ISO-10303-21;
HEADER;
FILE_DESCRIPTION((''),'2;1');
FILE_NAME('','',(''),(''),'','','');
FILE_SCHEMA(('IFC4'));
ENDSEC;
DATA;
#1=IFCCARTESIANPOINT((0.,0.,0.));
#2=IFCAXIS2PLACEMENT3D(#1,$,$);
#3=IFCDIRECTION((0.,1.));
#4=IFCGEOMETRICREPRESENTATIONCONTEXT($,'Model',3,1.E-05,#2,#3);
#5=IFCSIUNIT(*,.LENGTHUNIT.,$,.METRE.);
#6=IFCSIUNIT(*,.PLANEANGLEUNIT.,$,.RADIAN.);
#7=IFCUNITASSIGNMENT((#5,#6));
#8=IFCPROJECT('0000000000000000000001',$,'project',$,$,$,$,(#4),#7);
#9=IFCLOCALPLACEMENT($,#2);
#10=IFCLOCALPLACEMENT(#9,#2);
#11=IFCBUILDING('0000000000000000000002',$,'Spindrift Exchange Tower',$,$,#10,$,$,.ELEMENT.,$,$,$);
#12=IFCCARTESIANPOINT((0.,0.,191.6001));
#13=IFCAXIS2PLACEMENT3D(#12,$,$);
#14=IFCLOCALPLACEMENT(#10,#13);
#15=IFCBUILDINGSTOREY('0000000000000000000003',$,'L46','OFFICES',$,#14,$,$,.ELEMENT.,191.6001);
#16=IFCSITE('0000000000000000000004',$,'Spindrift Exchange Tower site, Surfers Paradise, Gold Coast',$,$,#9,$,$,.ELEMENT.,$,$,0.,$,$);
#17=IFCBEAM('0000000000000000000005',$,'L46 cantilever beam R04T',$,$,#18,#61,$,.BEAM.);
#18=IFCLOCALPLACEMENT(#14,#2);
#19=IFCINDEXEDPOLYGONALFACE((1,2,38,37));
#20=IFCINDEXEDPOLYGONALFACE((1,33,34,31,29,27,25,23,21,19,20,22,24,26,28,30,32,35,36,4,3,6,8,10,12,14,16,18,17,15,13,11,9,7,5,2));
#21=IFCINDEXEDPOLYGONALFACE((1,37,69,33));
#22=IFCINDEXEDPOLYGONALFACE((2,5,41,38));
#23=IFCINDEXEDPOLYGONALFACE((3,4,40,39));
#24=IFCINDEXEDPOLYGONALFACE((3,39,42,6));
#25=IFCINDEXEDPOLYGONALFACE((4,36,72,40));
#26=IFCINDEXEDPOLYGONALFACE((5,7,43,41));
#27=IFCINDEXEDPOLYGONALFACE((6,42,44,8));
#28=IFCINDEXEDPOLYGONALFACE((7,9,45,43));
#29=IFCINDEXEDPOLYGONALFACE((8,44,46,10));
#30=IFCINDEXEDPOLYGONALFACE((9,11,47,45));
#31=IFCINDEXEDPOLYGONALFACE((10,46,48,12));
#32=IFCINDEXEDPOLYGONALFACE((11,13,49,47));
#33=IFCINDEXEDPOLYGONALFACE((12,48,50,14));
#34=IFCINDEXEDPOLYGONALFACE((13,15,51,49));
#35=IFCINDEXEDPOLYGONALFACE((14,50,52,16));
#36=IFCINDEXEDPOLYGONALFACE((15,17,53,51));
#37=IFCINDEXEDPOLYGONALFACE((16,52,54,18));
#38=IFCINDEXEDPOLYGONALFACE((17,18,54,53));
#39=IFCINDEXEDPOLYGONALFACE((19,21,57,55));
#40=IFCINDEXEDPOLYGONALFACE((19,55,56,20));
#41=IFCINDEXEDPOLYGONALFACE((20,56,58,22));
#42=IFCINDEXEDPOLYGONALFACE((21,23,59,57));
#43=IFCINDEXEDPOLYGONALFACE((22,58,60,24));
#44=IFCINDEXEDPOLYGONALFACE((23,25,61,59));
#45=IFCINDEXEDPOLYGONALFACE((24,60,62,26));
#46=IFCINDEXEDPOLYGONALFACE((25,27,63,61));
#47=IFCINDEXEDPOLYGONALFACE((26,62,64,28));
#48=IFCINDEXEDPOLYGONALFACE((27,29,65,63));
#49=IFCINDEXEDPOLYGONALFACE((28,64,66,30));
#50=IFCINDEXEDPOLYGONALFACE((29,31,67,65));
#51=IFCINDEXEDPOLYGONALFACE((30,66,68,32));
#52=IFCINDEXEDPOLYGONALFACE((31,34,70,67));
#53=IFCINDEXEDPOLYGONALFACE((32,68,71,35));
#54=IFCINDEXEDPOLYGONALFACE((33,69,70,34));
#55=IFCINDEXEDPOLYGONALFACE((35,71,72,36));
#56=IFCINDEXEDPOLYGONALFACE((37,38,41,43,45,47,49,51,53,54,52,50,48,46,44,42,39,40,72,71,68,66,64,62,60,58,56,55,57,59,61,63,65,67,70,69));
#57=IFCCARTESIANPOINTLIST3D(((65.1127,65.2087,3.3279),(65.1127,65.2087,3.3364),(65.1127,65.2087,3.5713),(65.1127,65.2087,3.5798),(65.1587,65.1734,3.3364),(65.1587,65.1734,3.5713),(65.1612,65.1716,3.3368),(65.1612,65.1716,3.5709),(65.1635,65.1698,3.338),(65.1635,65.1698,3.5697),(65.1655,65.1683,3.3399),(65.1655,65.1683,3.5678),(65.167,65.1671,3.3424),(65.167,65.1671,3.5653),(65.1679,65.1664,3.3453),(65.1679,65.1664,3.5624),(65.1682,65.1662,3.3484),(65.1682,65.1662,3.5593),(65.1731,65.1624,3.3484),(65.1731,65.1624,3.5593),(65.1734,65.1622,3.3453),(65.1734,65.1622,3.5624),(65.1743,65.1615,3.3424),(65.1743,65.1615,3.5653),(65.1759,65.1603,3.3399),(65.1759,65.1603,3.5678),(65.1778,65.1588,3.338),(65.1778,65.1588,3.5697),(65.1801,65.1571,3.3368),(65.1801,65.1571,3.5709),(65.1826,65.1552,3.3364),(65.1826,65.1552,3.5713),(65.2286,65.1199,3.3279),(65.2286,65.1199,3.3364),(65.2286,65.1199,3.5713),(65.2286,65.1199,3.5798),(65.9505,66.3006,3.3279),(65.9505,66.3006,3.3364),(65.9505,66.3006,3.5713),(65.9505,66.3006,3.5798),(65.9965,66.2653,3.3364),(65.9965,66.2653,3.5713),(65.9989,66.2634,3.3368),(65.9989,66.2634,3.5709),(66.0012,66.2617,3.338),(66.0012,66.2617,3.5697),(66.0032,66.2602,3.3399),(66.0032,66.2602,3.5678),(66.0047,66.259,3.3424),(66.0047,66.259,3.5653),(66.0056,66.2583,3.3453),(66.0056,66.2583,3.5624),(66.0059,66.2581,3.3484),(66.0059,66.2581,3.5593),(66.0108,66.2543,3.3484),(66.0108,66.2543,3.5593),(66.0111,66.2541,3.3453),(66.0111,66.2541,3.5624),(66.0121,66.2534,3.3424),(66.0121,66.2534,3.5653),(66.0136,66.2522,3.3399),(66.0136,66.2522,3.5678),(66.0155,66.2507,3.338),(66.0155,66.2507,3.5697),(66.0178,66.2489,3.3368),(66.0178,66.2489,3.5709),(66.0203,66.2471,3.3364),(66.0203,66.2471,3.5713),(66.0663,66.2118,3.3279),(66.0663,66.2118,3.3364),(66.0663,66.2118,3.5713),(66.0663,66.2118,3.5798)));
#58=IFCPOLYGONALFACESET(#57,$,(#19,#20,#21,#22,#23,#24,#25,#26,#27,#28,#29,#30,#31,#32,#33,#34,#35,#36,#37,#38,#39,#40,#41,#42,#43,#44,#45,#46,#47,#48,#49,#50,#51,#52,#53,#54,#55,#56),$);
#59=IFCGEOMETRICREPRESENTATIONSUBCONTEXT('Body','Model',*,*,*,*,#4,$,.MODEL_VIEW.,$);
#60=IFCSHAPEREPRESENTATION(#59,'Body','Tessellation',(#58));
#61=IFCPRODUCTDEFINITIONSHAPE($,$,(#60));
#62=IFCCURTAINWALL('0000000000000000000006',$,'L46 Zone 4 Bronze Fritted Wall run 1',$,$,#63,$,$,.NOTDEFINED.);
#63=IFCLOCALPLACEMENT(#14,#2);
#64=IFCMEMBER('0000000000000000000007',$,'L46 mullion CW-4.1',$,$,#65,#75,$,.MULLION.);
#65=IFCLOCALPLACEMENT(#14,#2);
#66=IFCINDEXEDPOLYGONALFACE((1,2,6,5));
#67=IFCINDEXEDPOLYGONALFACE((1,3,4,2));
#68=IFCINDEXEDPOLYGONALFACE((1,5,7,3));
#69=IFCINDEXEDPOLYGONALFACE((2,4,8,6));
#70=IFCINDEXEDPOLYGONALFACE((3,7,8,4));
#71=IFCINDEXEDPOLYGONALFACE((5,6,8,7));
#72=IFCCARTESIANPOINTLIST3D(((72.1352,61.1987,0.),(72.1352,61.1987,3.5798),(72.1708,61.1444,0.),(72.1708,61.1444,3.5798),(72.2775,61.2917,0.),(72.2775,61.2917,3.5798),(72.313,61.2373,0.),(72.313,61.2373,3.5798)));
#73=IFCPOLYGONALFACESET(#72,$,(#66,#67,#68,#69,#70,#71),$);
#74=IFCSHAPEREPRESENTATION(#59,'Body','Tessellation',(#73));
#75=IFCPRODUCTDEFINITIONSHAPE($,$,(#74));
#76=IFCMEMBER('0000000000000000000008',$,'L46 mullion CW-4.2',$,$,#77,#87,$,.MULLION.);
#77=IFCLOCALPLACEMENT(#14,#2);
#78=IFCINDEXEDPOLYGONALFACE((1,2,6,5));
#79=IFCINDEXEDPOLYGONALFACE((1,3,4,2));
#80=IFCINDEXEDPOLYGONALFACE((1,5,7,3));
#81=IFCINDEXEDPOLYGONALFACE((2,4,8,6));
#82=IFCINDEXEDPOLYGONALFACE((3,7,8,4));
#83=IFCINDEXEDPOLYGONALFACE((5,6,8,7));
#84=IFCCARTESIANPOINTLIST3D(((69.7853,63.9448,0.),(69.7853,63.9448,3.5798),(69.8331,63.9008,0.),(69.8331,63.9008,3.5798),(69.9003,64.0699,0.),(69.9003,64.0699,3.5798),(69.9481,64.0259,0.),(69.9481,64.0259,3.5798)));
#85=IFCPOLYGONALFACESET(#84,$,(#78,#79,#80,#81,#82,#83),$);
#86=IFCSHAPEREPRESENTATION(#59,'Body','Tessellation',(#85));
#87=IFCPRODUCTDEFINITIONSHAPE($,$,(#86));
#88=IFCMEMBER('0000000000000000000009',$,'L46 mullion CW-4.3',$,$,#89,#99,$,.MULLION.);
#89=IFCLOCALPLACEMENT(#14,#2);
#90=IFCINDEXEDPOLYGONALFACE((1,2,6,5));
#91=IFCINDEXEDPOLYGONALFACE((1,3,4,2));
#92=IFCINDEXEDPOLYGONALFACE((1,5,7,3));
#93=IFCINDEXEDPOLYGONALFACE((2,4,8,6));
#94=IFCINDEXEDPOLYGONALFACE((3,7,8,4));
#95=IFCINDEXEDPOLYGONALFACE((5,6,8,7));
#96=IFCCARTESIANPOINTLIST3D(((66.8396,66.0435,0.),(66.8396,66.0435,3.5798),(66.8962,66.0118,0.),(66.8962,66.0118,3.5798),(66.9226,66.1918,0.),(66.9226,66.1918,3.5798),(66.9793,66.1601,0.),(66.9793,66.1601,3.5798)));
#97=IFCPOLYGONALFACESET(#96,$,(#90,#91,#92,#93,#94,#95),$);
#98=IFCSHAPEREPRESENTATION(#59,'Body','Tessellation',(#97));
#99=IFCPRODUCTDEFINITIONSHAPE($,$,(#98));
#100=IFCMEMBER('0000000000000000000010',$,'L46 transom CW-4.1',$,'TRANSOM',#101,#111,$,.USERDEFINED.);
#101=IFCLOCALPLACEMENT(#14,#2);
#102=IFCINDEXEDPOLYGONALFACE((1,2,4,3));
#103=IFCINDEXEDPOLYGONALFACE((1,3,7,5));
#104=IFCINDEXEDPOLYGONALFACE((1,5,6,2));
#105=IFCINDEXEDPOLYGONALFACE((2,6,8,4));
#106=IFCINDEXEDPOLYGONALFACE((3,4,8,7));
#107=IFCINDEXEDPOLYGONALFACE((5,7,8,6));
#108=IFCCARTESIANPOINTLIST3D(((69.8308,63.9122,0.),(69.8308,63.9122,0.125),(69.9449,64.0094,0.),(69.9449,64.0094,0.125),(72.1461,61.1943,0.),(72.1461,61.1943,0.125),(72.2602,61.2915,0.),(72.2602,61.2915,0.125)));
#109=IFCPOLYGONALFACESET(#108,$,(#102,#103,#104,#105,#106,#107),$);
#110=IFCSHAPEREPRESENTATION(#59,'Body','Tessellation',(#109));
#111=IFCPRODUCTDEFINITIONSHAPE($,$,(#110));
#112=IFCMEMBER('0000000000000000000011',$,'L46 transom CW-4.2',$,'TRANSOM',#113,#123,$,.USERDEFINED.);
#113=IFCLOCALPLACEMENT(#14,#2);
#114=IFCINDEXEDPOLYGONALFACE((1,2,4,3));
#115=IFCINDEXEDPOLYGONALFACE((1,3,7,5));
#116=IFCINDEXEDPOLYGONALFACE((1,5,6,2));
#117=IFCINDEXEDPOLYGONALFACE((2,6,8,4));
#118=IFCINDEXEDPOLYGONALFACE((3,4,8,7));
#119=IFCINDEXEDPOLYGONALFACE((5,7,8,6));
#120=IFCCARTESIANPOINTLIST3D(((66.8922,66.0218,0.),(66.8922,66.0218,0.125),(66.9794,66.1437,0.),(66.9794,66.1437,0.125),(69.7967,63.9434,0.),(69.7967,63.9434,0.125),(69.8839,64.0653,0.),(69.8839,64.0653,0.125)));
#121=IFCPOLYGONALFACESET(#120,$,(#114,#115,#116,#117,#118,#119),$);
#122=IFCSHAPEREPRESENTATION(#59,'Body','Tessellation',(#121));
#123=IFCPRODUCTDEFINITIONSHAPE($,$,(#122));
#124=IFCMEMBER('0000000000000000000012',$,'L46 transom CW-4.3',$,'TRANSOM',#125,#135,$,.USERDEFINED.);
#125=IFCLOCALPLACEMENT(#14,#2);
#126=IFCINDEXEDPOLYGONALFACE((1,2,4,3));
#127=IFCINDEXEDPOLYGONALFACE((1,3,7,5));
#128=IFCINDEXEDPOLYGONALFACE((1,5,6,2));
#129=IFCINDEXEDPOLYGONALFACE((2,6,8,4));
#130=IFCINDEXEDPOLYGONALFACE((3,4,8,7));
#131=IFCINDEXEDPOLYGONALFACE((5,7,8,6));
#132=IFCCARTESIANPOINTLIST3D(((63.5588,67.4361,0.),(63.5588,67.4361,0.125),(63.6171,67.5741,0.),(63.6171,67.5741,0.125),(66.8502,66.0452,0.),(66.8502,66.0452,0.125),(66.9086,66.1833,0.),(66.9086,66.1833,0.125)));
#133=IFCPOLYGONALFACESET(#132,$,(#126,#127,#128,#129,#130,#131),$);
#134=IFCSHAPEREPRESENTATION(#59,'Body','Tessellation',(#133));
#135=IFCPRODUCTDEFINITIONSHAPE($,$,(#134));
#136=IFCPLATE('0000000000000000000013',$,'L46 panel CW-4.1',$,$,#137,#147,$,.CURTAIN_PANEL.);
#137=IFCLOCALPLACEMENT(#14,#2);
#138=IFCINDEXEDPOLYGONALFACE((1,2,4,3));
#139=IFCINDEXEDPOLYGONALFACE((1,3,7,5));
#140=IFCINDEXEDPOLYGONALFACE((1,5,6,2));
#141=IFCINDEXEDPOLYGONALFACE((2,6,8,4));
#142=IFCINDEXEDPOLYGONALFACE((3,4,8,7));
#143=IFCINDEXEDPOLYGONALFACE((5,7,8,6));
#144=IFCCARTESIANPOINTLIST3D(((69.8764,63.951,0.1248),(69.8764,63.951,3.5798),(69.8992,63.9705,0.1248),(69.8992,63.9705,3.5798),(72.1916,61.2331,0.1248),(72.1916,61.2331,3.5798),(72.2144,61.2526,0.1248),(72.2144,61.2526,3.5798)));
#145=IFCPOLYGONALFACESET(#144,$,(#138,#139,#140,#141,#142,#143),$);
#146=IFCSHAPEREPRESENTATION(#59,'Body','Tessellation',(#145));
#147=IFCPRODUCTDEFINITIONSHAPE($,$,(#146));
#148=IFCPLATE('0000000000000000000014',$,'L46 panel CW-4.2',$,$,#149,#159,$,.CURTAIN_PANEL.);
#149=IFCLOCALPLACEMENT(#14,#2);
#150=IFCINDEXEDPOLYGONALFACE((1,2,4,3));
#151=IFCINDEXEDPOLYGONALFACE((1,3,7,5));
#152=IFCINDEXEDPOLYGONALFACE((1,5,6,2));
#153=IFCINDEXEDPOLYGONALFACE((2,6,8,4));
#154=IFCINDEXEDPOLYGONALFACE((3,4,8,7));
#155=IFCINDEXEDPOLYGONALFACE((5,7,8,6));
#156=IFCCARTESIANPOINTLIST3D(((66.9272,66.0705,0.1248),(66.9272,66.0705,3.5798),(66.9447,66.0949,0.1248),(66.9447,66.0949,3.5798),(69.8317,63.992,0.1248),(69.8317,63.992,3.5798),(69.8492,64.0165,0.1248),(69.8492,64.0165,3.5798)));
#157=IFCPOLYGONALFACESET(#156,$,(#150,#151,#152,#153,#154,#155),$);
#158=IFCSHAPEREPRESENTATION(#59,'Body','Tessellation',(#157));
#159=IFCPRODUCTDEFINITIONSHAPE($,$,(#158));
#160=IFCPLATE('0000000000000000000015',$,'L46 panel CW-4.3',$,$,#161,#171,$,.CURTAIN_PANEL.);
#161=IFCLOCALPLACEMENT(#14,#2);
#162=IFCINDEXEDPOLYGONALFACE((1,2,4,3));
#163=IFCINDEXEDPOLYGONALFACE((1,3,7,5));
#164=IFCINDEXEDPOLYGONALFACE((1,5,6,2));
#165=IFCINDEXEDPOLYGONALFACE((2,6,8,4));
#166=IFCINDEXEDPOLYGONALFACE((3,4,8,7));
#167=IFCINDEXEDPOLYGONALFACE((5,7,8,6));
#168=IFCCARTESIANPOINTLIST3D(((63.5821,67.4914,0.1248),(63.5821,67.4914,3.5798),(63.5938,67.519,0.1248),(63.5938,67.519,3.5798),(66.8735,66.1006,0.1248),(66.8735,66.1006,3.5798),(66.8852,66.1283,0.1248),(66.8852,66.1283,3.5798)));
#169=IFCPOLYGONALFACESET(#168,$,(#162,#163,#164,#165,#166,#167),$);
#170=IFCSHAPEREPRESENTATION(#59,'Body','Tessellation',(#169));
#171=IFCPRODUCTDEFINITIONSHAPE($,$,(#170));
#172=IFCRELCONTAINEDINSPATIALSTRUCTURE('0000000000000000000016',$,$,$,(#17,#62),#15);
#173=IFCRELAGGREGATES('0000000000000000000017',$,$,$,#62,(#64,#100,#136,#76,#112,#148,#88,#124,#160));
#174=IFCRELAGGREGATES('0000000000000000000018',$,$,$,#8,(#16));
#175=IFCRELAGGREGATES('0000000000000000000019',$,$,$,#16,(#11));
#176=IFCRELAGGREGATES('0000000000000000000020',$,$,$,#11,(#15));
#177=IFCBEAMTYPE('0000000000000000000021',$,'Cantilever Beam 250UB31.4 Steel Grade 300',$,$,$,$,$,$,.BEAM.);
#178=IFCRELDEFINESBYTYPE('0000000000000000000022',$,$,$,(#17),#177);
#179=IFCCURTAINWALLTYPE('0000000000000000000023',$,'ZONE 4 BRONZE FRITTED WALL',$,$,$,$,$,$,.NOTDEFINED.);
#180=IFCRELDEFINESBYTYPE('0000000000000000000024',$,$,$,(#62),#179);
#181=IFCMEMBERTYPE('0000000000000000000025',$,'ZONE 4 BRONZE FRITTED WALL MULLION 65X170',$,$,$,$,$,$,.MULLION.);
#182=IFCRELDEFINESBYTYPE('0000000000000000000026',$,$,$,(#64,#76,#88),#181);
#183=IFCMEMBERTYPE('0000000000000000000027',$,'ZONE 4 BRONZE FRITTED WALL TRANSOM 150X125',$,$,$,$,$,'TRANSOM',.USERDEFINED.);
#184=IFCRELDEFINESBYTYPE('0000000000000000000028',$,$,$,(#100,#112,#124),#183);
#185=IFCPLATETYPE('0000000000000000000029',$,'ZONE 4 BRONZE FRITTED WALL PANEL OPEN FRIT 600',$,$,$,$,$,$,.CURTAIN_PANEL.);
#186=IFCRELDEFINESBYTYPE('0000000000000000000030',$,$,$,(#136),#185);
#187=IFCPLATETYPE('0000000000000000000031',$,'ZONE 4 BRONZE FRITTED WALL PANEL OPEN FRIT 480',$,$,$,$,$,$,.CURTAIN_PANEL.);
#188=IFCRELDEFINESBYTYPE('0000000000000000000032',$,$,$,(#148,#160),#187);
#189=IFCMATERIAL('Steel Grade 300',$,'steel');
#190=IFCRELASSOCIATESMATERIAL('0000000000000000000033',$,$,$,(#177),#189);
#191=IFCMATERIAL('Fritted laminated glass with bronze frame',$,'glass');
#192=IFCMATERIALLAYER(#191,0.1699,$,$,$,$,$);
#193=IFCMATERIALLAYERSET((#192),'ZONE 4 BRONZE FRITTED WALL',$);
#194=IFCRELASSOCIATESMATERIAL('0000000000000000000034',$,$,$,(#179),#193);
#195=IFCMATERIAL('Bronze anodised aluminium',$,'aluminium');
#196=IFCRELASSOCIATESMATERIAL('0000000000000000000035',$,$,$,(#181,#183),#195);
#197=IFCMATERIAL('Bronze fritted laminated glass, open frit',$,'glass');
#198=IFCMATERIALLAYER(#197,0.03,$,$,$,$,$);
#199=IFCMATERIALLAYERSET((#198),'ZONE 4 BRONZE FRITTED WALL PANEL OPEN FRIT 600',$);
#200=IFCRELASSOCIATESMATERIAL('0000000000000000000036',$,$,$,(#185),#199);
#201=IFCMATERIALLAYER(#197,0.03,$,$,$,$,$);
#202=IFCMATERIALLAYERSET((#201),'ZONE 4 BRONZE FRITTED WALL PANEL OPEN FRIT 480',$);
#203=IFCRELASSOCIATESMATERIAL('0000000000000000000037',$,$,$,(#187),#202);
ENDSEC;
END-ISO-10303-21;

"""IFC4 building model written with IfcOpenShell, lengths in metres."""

from ifc_helpers import new_model, si_unit, direction, frame, origin, origin_2d, place, context, subcontext, project, spatial, rectangle, i_section, extrude, source, transform, mapped, material, layer, layer_set, material_profile, profile_set, type_object, element, aggregate, save


model = new_model("IFC4")

# Units and contexts
model_context = context("Model", 3, precision=1e-05, world=origin(), true_north=direction((0.0, 1.0)))
body_context = subcontext(model_context, "Body", "Model", "MODEL_VIEW")
ifc_project = project(units=[si_unit("LENGTHUNIT", "METRE"), si_unit("PLANEANGLEUNIT", "RADIAN")], contexts=[model_context])

# Site, building, storey
site_placement = place(None, origin())
site = spatial("IfcSite", under=ifc_project, at=site_placement, Name="Spindrift Exchange Tower site, Surfers Paradise, Gold Coast", CompositionType="ELEMENT", RefElevation=0.0)
building_placement = place(site_placement, origin())
building = spatial("IfcBuilding", under=site, at=building_placement, Name="Spindrift Exchange Tower", CompositionType="ELEMENT")
storey_placement = place(building_placement, frame((0.0, 0.0, 191.6001)))
storey = spatial("IfcBuildingStorey", under=building, at=storey_placement, Name="L46", Description="OFFICES", CompositionType="ELEMENT", Elevation=191.6001)

# Beam
ifc_material_1 = material(Name="Steel Grade 300", Category="steel")
ifc_material_profile_1 = material_profile(ifc_material_1, i_section(OverallWidth=0.146, OverallDepth=0.252, WebThickness=0.0061, FlangeThickness=0.0085, FilletRadius=0.012, at=origin_2d()), Name="250UB31.4")
ifc_profile_set_1 = profile_set([ifc_material_profile_1], Name="Steel Grade 300")
beam_type_1 = type_object("IfcBeamType", Name="Cantilever Beam 250UB31.4 Steel Grade 300", PredefinedType="BEAM", material=ifc_profile_set_1)
shared_shape_1 = source(origin(), body_context, "Body", "SweptSolid", [
    extrude(i_section(OverallWidth=0.146, OverallDepth=0.252, WebThickness=0.0061, FlangeThickness=0.0085, FilletRadius=0.012, at=origin_2d()), origin(), (0.0, 0.0, 1.0), 1.3762),
])
beam_1_placement = place(storey_placement, frame((65.1707, 65.1643, 3.4539), z_axis=(0.608707, 0.793395, 0.0), x_axis=(-0.793395, 0.608707, 0.0)))
element("IfcBeam", 1, at=beam_1_placement, inside=storey, type_object=beam_type_1, Name="L46 cantilever beam R04T", PredefinedType="BEAM", context=body_context, shape_type="MappedRepresentation", body=[
    mapped(shared_shape_1, transform((0.0, 0.0, 0.0), scale=1.0)),
])

# Curtain wall, members, plates
ifc_material_2 = material(Name="Fritted laminated glass with bronze frame", Category="glass")
ifc_layer_1 = layer(ifc_material_2, 0.1699)
ifc_layer_set_1 = layer_set([ifc_layer_1], Name="ZONE 4 BRONZE FRITTED WALL")
curtain_wall_type = type_object("IfcCurtainWallType", Name="ZONE 4 BRONZE FRITTED WALL", PredefinedType="NOTDEFINED", material=ifc_layer_set_1)
curtain_wall_1_placement = place(storey_placement, origin())
curtain_wall_1 = element("IfcCurtainWall", 2, at=curtain_wall_1_placement, inside=storey, type_object=curtain_wall_type, Name="L46 Zone 4 Bronze Fritted Wall run 1", PredefinedType="NOTDEFINED")
ifc_material_3 = material(Name="Bronze anodised aluminium", Category="aluminium")
ifc_material_profile_2 = material_profile(ifc_material_3, rectangle(XDim=0.0649, YDim=0.1699, at=origin_2d()), Name="ZONE 4 BRONZE FRITTED WALL MULLION 65X170")
ifc_profile_set_2 = profile_set([ifc_material_profile_2], Name="Bronze anodised aluminium")
member_type_1 = type_object("IfcMemberType", Name="ZONE 4 BRONZE FRITTED WALL MULLION 65X170", PredefinedType="MULLION", material=ifc_profile_set_2)
shared_shape_2 = source(origin(), body_context, "Body", "SweptSolid", [
    extrude(rectangle(XDim=0.0649, YDim=0.1699, at=origin_2d()), origin(), (0.0, 0.0, 1.0), 3.5798),
])
member_1_placement = place(storey_placement, frame((72.2241, 61.218, 0.0), z_axis=(0.0, 0.0, 1.0), x_axis=(-0.547101, 0.837067, 0.0)))
member_1 = element("IfcMember", 3, at=member_1_placement, type_object=member_type_1, Name="L46 mullion CW-4.1", PredefinedType="MULLION", context=body_context, shape_type="MappedRepresentation", body=[
    mapped(shared_shape_2, transform((0.0, 0.0, 0.0), scale=1.0)),
])
member_2_placement = place(storey_placement, frame((69.8667, 63.9854, 0.0), z_axis=(0.0, 0.0, 1.0), x_axis=(-0.736324, 0.676629, 0.0)))
member_2 = element("IfcMember", 4, at=member_2_placement, type_object=member_type_1, Name="L46 mullion CW-4.2", PredefinedType="MULLION", context=body_context, shape_type="MappedRepresentation", body=[
    mapped(shared_shape_2, transform((0.0, 0.0, 0.0), scale=1.0)),
])
member_3_placement = place(storey_placement, frame((66.9094, 66.1018, 0.0), z_axis=(0.0, 0.0, 1.0), x_axis=(-0.872525, 0.48857, 0.0)))
member_3 = element("IfcMember", 5, at=member_3_placement, type_object=member_type_1, Name="L46 mullion CW-4.3", PredefinedType="MULLION", context=body_context, shape_type="MappedRepresentation", body=[
    mapped(shared_shape_2, transform((0.0, 0.0, 0.0), scale=1.0)),
])
ifc_material_profile_3 = material_profile(ifc_material_3, rectangle(XDim=0.1499, YDim=0.125, at=origin_2d()), Name="ZONE 4 BRONZE FRITTED WALL TRANSOM 150X125")
ifc_profile_set_3 = profile_set([ifc_material_profile_3], Name="Bronze anodised aluminium")
member_type_2 = type_object("IfcMemberType", Name="ZONE 4 BRONZE FRITTED WALL TRANSOM 150X125", ElementType="TRANSOM", PredefinedType="USERDEFINED", material=ifc_profile_set_3)
shared_shape_3 = source(origin(), body_context, "Body", "SweptSolid", [
    extrude(rectangle(XDim=0.1499, YDim=0.125, at=origin_2d()), origin(), (0.0, 0.0, 1.0), 3.5703),
])
member_4_placement = place(storey_placement, frame((72.2031, 61.2429, 0.0625), z_axis=(-0.648474, 0.761237, 0.0), x_axis=(-0.761237, -0.648474, 0.0)))
member_4 = element("IfcMember", 6, at=member_4_placement, type_object=member_type_2, Name="L46 transom CW-4.1", ObjectType="TRANSOM", PredefinedType="USERDEFINED", context=body_context, shape_type="MappedRepresentation", body=[
    mapped(shared_shape_3, transform((0.0, 0.0, 0.0), scale=1.0)),
])
shared_shape_4 = source(origin(), body_context, "Body", "SweptSolid", [
    extrude(rectangle(XDim=0.1499, YDim=0.125, at=origin_2d()), origin(), (0.0, 0.0, 1.0), 3.5715),
])
member_5_placement = place(storey_placement, frame((69.8403, 64.0044, 0.0625), z_axis=(-0.813244, 0.581923, 0.0), x_axis=(-0.581923, -0.813244, 0.0)))
member_5 = element("IfcMember", 7, at=member_5_placement, type_object=member_type_2, Name="L46 transom CW-4.2", ObjectType="TRANSOM", PredefinedType="USERDEFINED", context=body_context, shape_type="MappedRepresentation", body=[
    mapped(shared_shape_4, transform((0.0, 0.0, 0.0), scale=1.0)),
])
shared_shape_5 = source(origin(), body_context, "Body", "SweptSolid", [
    extrude(rectangle(XDim=0.1499, YDim=0.125, at=origin_2d()), origin(), (0.0, 0.0, 1.0), 3.5732),
])
member_6_placement = place(storey_placement, frame((66.8794, 66.1143, 0.0625), z_axis=(-0.921137, 0.389239, 0.0), x_axis=(-0.389239, -0.921137, 0.0)))
member_6 = element("IfcMember", 8, at=member_6_placement, type_object=member_type_2, Name="L46 transom CW-4.3", ObjectType="TRANSOM", PredefinedType="USERDEFINED", context=body_context, shape_type="MappedRepresentation", body=[
    mapped(shared_shape_5, transform((0.0, 0.0, 0.0), scale=1.0)),
])
ifc_material_4 = material(Name="Bronze fritted laminated glass, open frit", Category="glass")
ifc_layer_2 = layer(ifc_material_4, 0.03)
ifc_layer_set_2 = layer_set([ifc_layer_2], Name="ZONE 4 BRONZE FRITTED WALL PANEL OPEN FRIT 600")
plate_type_1 = type_object("IfcPlateType", Name="ZONE 4 BRONZE FRITTED WALL PANEL OPEN FRIT 600", PredefinedType="CURTAIN_PANEL", material=ifc_layer_set_2)
shared_shape_6 = source(origin(), body_context, "Body", "SweptSolid", [
    extrude(rectangle(XDim=3.5703, YDim=0.03, at=origin_2d()), origin(), (0.0, 0.0, 1.0), 3.4551),
])
plate_1_placement = place(storey_placement, frame((71.0454, 62.6018, 0.1248), z_axis=(0.0, 0.0, 1.0), x_axis=(-0.648461, 0.761248, 0.0)))
plate_1 = element("IfcPlate", 9, at=plate_1_placement, type_object=plate_type_1, Name="L46 panel CW-4.1", PredefinedType="CURTAIN_PANEL", context=body_context, shape_type="MappedRepresentation", body=[
    mapped(shared_shape_6, transform((0.0, 0.0, 0.0), scale=1.0)),
])
ifc_layer_3 = layer(ifc_material_4, 0.03)
ifc_layer_set_3 = layer_set([ifc_layer_3], Name="ZONE 4 BRONZE FRITTED WALL PANEL OPEN FRIT 480")
plate_type_2 = type_object("IfcPlateType", Name="ZONE 4 BRONZE FRITTED WALL PANEL OPEN FRIT 480", PredefinedType="CURTAIN_PANEL", material=ifc_layer_set_3)
shared_shape_7 = source(origin(), body_context, "Body", "SweptSolid", [
    extrude(rectangle(XDim=3.5715, YDim=0.03, at=origin_2d()), origin(), (0.0, 0.0, 1.0), 3.4551),
])
plate_2_placement = place(storey_placement, frame((68.3882, 65.0435, 0.1248), z_axis=(0.0, 0.0, 1.0), x_axis=(-0.81323, 0.581943, 0.0)))
plate_2 = element("IfcPlate", 10, at=plate_2_placement, type_object=plate_type_2, Name="L46 panel CW-4.2", PredefinedType="CURTAIN_PANEL", context=body_context, shape_type="MappedRepresentation", body=[
    mapped(shared_shape_7, transform((0.0, 0.0, 0.0), scale=1.0)),
])
shared_shape_8 = source(origin(), body_context, "Body", "SweptSolid", [
    extrude(rectangle(XDim=3.5732, YDim=0.03, at=origin_2d()), origin(), (0.0, 0.0, 1.0), 3.4551),
])
plate_3_placement = place(storey_placement, frame((65.2336, 66.8098, 0.1248), z_axis=(0.0, 0.0, 1.0), x_axis=(-0.921145, 0.38922, 0.0)))
plate_3 = element("IfcPlate", 11, at=plate_3_placement, type_object=plate_type_2, Name="L46 panel CW-4.3", PredefinedType="CURTAIN_PANEL", context=body_context, shape_type="MappedRepresentation", body=[
    mapped(shared_shape_8, transform((0.0, 0.0, 0.0), scale=1.0)),
])
aggregate(curtain_wall_1, [member_1, member_4, plate_1, member_2, member_5, plate_2, member_3, member_6, plate_3])

save(model, "model.ifc")
